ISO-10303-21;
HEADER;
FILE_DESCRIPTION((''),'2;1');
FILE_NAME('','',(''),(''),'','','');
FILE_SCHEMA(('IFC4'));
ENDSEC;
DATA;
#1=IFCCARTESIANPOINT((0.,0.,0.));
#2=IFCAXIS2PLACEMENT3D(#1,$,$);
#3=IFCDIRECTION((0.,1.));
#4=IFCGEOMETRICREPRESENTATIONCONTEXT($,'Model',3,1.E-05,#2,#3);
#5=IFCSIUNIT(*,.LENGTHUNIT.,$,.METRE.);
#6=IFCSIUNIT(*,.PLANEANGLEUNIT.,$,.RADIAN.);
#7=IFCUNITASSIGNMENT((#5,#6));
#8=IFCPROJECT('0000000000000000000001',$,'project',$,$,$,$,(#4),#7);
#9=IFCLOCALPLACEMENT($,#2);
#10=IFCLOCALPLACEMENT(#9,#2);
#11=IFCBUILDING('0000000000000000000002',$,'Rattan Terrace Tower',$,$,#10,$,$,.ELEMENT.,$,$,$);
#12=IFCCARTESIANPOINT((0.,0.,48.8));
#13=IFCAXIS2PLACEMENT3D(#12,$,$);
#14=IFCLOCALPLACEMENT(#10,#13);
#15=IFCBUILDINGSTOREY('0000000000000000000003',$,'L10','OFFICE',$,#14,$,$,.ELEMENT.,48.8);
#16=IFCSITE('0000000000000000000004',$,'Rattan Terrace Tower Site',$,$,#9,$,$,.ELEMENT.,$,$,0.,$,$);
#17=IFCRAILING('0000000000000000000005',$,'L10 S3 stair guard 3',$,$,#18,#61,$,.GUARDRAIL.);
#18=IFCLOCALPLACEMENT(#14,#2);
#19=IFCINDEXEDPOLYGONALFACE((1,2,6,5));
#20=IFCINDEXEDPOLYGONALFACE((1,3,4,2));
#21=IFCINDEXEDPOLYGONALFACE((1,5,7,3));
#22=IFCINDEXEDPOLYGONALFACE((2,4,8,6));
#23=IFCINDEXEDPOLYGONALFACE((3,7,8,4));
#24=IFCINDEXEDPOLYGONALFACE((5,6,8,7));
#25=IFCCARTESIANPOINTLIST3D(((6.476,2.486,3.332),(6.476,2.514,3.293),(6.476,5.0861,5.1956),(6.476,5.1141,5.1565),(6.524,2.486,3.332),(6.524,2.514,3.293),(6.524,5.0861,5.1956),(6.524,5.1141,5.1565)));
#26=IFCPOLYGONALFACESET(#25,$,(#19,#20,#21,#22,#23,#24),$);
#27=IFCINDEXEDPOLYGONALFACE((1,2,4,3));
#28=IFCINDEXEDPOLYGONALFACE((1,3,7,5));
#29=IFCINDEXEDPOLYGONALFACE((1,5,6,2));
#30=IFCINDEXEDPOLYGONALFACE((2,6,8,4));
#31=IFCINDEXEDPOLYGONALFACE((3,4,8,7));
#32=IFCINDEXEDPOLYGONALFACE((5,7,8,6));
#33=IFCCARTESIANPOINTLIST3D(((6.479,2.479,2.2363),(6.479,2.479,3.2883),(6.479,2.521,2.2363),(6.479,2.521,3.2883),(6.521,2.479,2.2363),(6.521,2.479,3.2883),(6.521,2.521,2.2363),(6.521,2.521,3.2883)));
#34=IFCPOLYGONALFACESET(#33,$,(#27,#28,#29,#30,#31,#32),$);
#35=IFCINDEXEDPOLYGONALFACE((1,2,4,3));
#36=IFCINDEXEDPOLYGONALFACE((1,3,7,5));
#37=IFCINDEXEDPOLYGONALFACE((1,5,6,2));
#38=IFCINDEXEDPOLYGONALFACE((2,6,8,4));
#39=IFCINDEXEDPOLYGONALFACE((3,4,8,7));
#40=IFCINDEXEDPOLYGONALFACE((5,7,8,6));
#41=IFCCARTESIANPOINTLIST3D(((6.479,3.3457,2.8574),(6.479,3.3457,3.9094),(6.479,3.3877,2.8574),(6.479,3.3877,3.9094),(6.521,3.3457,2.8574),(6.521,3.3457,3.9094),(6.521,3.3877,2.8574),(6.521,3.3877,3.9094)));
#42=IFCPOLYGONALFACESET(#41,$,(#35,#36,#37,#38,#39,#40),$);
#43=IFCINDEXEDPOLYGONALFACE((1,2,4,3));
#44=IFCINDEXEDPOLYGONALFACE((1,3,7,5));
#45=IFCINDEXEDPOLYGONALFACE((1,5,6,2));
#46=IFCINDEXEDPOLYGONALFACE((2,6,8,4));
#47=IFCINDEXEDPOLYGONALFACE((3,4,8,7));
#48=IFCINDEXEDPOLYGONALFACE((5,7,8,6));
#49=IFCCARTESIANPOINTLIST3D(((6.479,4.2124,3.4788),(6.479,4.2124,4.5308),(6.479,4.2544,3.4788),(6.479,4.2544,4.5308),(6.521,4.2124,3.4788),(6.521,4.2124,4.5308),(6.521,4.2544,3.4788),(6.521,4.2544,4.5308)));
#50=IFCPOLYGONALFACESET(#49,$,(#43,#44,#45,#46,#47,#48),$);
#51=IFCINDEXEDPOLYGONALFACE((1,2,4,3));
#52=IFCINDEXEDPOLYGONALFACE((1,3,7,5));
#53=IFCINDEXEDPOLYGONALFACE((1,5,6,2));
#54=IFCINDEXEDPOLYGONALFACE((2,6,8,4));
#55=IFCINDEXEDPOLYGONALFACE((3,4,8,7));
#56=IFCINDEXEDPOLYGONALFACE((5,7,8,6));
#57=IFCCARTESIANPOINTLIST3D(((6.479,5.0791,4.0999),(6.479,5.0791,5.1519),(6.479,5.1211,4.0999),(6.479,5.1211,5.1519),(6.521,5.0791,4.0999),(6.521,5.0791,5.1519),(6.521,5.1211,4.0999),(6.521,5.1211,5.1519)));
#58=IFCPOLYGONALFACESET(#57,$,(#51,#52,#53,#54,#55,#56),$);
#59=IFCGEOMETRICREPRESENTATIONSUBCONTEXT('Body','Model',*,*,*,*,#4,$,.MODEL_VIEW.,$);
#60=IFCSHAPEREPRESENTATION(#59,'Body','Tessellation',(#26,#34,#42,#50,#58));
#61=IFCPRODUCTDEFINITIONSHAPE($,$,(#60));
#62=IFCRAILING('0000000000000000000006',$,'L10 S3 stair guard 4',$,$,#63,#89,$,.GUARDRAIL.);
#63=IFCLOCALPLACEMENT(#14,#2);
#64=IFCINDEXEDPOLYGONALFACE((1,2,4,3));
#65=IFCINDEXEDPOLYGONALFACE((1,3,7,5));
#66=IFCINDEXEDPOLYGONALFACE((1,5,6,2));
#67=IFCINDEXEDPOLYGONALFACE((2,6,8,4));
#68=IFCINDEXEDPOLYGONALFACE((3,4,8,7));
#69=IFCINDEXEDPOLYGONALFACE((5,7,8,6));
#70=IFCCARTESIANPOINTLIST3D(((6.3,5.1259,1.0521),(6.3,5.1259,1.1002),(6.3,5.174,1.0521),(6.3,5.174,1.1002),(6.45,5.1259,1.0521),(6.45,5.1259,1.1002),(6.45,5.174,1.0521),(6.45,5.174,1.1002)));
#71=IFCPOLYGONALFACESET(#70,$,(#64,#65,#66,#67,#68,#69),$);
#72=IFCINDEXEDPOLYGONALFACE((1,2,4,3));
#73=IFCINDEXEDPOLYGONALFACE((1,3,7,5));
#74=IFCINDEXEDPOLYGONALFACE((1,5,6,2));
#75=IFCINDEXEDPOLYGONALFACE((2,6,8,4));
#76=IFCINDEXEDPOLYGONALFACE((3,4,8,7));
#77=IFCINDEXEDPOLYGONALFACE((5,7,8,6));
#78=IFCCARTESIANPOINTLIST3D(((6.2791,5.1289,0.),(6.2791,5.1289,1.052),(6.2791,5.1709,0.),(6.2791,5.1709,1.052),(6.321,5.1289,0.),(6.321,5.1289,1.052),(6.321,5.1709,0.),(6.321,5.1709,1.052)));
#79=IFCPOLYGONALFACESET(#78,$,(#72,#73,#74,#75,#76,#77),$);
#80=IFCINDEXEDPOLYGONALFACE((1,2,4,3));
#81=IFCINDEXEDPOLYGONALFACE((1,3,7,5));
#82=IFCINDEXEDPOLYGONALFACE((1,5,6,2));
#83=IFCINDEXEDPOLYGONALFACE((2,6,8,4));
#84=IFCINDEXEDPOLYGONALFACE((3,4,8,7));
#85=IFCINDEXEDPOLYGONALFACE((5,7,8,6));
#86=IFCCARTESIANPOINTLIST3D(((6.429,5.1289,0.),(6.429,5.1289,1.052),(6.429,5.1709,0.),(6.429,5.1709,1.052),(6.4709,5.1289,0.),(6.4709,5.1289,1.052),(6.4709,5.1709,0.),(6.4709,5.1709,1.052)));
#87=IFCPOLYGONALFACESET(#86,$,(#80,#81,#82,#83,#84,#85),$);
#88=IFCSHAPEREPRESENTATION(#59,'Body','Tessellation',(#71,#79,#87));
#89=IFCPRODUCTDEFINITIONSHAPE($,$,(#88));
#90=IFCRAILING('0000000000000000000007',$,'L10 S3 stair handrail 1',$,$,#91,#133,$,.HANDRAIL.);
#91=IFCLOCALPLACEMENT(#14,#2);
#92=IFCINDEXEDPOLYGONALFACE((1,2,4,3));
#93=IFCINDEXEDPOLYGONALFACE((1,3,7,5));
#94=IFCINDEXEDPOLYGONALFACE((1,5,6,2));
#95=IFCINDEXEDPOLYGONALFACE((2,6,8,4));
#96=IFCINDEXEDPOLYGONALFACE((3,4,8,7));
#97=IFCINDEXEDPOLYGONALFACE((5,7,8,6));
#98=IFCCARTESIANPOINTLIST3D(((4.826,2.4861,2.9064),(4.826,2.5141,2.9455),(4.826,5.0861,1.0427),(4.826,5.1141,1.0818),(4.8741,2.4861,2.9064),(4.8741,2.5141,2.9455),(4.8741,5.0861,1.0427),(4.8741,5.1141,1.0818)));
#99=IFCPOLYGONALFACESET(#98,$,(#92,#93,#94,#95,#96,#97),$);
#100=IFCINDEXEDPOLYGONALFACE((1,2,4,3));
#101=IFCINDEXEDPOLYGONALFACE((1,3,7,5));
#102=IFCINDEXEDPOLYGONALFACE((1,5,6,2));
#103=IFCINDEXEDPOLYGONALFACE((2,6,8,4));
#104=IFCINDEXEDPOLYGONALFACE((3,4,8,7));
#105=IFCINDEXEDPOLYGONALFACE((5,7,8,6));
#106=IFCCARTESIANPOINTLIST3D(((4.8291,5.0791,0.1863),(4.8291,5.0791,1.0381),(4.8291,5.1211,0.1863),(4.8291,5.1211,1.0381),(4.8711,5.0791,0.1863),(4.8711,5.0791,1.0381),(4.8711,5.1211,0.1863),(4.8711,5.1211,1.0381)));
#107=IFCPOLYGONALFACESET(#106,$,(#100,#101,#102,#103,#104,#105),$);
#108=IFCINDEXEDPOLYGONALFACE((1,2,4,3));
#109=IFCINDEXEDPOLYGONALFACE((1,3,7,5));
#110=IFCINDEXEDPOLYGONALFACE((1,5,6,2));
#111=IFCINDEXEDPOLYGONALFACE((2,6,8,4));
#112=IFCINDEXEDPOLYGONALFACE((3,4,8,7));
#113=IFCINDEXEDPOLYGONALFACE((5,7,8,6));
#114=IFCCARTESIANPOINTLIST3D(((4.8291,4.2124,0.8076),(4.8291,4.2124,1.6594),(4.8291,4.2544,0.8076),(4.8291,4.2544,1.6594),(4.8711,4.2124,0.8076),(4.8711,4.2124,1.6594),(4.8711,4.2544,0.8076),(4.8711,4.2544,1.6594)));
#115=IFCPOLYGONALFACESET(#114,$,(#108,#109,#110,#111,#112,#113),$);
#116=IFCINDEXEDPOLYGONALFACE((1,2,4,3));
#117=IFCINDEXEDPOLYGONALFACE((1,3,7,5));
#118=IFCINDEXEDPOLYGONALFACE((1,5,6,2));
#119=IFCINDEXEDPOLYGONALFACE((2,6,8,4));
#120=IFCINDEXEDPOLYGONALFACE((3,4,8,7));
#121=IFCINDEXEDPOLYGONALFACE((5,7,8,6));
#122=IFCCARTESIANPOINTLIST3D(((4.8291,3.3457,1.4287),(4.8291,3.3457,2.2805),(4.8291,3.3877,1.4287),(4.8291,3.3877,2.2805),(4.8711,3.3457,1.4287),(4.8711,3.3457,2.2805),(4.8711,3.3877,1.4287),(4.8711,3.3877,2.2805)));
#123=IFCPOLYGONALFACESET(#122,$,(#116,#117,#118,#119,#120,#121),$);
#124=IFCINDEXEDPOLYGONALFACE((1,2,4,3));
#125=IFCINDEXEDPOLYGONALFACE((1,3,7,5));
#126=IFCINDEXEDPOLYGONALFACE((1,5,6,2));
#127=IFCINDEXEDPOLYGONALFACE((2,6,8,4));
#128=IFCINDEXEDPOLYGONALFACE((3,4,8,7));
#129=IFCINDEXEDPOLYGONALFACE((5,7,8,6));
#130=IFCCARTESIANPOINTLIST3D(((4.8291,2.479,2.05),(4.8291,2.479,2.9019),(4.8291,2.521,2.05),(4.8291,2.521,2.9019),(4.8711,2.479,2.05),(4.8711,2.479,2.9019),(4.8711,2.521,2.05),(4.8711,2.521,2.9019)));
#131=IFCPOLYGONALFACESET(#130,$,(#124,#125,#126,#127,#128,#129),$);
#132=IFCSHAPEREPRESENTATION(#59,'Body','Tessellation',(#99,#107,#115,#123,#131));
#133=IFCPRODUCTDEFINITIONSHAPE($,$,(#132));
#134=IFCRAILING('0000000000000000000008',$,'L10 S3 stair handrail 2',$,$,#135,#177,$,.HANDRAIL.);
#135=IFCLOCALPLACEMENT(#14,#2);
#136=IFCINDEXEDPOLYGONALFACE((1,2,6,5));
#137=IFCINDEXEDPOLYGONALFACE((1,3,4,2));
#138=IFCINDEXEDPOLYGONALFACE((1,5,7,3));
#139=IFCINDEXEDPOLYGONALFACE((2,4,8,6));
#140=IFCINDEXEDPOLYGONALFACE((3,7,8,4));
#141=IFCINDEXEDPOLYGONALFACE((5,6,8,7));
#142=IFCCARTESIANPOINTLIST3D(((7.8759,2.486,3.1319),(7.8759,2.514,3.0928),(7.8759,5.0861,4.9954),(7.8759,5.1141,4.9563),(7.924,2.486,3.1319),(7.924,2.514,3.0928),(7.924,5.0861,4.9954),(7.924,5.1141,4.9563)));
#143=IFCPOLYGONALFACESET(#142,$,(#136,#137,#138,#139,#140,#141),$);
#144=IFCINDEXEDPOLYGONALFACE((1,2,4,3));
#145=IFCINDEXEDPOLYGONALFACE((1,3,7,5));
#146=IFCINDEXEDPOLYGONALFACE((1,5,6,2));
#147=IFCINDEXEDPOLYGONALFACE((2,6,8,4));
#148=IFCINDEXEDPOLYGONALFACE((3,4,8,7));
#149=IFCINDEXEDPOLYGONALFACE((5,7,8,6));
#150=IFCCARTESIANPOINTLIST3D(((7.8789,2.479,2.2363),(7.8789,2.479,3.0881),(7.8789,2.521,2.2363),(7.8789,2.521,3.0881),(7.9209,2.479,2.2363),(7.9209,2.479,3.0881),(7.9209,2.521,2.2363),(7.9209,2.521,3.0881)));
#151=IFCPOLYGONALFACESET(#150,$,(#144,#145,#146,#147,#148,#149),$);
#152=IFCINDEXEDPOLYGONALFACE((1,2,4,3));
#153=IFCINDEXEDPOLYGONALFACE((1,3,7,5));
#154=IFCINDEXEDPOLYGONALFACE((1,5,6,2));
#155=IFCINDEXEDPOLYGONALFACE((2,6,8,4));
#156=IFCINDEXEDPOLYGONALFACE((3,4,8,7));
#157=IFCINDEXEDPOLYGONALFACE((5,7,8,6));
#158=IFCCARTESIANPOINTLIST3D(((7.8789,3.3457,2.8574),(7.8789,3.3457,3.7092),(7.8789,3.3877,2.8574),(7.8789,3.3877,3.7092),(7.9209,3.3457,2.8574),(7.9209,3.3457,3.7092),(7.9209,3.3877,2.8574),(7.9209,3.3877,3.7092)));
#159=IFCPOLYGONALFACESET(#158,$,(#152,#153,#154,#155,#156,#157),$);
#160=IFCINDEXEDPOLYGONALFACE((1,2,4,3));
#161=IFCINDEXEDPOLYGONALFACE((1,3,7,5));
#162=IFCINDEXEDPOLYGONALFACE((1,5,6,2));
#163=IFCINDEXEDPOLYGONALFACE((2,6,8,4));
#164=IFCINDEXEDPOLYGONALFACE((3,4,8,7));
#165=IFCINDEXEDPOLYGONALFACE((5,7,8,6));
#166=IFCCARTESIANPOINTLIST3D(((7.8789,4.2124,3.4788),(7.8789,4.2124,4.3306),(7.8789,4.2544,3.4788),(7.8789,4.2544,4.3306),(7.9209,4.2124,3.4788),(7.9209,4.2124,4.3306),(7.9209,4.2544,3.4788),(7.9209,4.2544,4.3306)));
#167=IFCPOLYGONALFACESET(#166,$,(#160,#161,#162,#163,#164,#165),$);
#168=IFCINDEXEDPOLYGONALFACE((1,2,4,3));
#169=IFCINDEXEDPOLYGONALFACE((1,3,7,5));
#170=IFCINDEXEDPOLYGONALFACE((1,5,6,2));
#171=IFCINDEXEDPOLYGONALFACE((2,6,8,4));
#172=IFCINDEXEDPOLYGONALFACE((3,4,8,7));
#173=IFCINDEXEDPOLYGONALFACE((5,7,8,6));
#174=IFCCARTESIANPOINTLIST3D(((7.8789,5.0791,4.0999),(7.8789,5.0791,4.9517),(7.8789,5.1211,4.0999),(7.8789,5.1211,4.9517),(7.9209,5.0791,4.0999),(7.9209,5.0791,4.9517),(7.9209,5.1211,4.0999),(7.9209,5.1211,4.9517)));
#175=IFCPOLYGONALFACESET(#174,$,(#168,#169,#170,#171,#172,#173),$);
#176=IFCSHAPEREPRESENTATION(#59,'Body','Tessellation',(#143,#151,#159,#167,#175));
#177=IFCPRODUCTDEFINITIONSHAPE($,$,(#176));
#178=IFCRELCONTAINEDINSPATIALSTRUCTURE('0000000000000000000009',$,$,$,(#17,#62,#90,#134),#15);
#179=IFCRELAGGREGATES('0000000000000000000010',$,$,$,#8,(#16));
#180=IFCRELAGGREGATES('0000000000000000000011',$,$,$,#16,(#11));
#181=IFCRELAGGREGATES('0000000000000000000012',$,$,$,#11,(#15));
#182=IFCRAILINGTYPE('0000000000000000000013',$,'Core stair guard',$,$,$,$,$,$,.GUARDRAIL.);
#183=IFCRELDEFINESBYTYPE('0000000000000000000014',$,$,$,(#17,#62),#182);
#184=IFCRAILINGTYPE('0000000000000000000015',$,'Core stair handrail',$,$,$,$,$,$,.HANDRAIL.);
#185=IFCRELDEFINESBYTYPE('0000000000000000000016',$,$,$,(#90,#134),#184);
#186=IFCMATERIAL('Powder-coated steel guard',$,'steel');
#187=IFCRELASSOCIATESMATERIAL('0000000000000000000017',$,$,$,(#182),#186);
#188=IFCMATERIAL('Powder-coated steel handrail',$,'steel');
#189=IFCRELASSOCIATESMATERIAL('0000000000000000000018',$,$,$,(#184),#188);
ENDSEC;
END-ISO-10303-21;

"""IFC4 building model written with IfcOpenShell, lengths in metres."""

from ifc_helpers import new_model, si_unit, direction, frame, origin, origin_2d, place, context, subcontext, project, spatial, rectangle, extrude, material, type_object, element, save


model = new_model("IFC4")

# Units and contexts
model_context = context("Model", 3, precision=1e-05, world=origin(), true_north=direction((0.0, 1.0)))
body_context = subcontext(model_context, "Body", "Model", "MODEL_VIEW")
ifc_project = project(units=[si_unit("LENGTHUNIT", "METRE"), si_unit("PLANEANGLEUNIT", "RADIAN")], contexts=[model_context])

# Site, building, storey
site_placement = place(None, origin())
site = spatial("IfcSite", under=ifc_project, at=site_placement, Name="Rattan Terrace Tower Site", CompositionType="ELEMENT", RefElevation=0.0)
building_placement = place(site_placement, origin())
building = spatial("IfcBuilding", under=site, at=building_placement, Name="Rattan Terrace Tower", CompositionType="ELEMENT")
storey_placement = place(building_placement, frame((0.0, 0.0, 48.8)))
storey = spatial("IfcBuildingStorey", under=building, at=storey_placement, Name="L10", Description="OFFICE", CompositionType="ELEMENT", Elevation=48.8)

# Railings
ifc_material_1 = material(Name="Powder-coated steel guard", Category="steel")
railing_type_1 = type_object("IfcRailingType", Name="Core stair guard", PredefinedType="GUARDRAIL", material=ifc_material_1)
railing_1_placement = place(storey_placement, frame((6.5, 2.5, 2.2363)))
element("IfcRailing", 1, at=railing_1_placement, inside=storey, type_object=railing_type_1, Name="L10 S3 stair guard 3", PredefinedType="GUARDRAIL", context=body_context, shape_type="SweptSolid", body=[
    extrude(rectangle(XDim=0.0481, YDim=0.0481, at=origin_2d()), frame((0.0, 0.0, 1.0762), z_axis=(0.0, 0.812799, 0.582544), x_axis=(-1.0, 0.0, 0.0)), (0.0, 0.0, 1.0), 3.199),
    extrude(rectangle(XDim=0.042, YDim=0.042, at=origin_2d()), origin(), (0.0, 0.0, 1.0), 1.052),
    extrude(rectangle(XDim=0.042, YDim=0.042, at=origin_2d()), frame((0.0, 0.8667, 0.6211)), (0.0, 0.0, 1.0), 1.052),
    extrude(rectangle(XDim=0.042, YDim=0.042, at=origin_2d()), frame((0.0, 1.7334, 1.2424)), (0.0, 0.0, 1.0), 1.052),
    extrude(rectangle(XDim=0.042, YDim=0.042, at=origin_2d()), frame((0.0, 2.6001, 1.8635)), (0.0, 0.0, 1.0), 1.052),
])
railing_2_placement = place(storey_placement, frame((6.3, 5.1499, 0.0)))
element("IfcRailing", 2, at=railing_2_placement, inside=storey, type_object=railing_type_1, Name="L10 S3 stair guard 4", PredefinedType="GUARDRAIL", context=body_context, shape_type="SweptSolid", body=[
    extrude(rectangle(XDim=0.0481, YDim=0.0481, at=origin_2d()), frame((0.0, 0.0, 1.0762), z_axis=(1.0, 0.0, 0.0), x_axis=(0.0, 1.0, 0.0)), (0.0, 0.0, 1.0), 0.1499),
    extrude(rectangle(XDim=0.042, YDim=0.042, at=origin_2d()), origin(), (0.0, 0.0, 1.0), 1.052),
    extrude(rectangle(XDim=0.042, YDim=0.042, at=origin_2d()), frame((0.1499, 0.0, 0.0)), (0.0, 0.0, 1.0), 1.052),
])
ifc_material_2 = material(Name="Powder-coated steel handrail", Category="steel")
railing_type_2 = type_object("IfcRailingType", Name="Core stair handrail", PredefinedType="HANDRAIL", material=ifc_material_2)
railing_3_placement = place(storey_placement, frame((4.8501, 5.1001, 0.1863)))
element("IfcRailing", 3, at=railing_3_placement, inside=storey, type_object=railing_type_2, Name="L10 S3 stair handrail 1", PredefinedType="HANDRAIL", context=body_context, shape_type="SweptSolid", body=[
    extrude(rectangle(XDim=0.0481, YDim=0.0481, at=origin_2d()), frame((0.0, 0.0, 0.876), z_axis=(0.0, -0.812763, 0.582595), x_axis=(1.0, 0.0, 0.0)), (0.0, 0.0, 1.0), 3.199),
    extrude(rectangle(XDim=0.042, YDim=0.042, at=origin_2d()), origin(), (0.0, 0.0, 1.0), 0.8518),
    extrude(rectangle(XDim=0.042, YDim=0.042, at=origin_2d()), frame((0.0, -0.8667, 0.6213)), (0.0, 0.0, 1.0), 0.8518),
    extrude(rectangle(XDim=0.042, YDim=0.042, at=origin_2d()), frame((0.0, -1.7334, 1.2424)), (0.0, 0.0, 1.0), 0.8518),
    extrude(rectangle(XDim=0.042, YDim=0.042, at=origin_2d()), frame((0.0, -2.6001, 1.8638)), (0.0, 0.0, 1.0), 0.8518),
])
railing_4_placement = place(storey_placement, frame((7.8999, 2.5, 2.2363)))
element("IfcRailing", 4, at=railing_4_placement, inside=storey, type_object=railing_type_2, Name="L10 S3 stair handrail 2", PredefinedType="HANDRAIL", context=body_context, shape_type="SweptSolid", body=[
    extrude(rectangle(XDim=0.0481, YDim=0.0481, at=origin_2d()), frame((0.0, 0.0, 0.876), z_axis=(0.0, 0.812799, 0.582544), x_axis=(-1.0, 0.0, 0.0)), (0.0, 0.0, 1.0), 3.199),
    extrude(rectangle(XDim=0.042, YDim=0.042, at=origin_2d()), origin(), (0.0, 0.0, 1.0), 0.8518),
    extrude(rectangle(XDim=0.042, YDim=0.042, at=origin_2d()), frame((0.0, 0.8667, 0.6211)), (0.0, 0.0, 1.0), 0.8518),
    extrude(rectangle(XDim=0.042, YDim=0.042, at=origin_2d()), frame((0.0, 1.7334, 1.2424)), (0.0, 0.0, 1.0), 0.8518),
    extrude(rectangle(XDim=0.042, YDim=0.042, at=origin_2d()), frame((0.0, 2.6001, 1.8635)), (0.0, 0.0, 1.0), 0.8518),
])

save(model, "model.ifc")
